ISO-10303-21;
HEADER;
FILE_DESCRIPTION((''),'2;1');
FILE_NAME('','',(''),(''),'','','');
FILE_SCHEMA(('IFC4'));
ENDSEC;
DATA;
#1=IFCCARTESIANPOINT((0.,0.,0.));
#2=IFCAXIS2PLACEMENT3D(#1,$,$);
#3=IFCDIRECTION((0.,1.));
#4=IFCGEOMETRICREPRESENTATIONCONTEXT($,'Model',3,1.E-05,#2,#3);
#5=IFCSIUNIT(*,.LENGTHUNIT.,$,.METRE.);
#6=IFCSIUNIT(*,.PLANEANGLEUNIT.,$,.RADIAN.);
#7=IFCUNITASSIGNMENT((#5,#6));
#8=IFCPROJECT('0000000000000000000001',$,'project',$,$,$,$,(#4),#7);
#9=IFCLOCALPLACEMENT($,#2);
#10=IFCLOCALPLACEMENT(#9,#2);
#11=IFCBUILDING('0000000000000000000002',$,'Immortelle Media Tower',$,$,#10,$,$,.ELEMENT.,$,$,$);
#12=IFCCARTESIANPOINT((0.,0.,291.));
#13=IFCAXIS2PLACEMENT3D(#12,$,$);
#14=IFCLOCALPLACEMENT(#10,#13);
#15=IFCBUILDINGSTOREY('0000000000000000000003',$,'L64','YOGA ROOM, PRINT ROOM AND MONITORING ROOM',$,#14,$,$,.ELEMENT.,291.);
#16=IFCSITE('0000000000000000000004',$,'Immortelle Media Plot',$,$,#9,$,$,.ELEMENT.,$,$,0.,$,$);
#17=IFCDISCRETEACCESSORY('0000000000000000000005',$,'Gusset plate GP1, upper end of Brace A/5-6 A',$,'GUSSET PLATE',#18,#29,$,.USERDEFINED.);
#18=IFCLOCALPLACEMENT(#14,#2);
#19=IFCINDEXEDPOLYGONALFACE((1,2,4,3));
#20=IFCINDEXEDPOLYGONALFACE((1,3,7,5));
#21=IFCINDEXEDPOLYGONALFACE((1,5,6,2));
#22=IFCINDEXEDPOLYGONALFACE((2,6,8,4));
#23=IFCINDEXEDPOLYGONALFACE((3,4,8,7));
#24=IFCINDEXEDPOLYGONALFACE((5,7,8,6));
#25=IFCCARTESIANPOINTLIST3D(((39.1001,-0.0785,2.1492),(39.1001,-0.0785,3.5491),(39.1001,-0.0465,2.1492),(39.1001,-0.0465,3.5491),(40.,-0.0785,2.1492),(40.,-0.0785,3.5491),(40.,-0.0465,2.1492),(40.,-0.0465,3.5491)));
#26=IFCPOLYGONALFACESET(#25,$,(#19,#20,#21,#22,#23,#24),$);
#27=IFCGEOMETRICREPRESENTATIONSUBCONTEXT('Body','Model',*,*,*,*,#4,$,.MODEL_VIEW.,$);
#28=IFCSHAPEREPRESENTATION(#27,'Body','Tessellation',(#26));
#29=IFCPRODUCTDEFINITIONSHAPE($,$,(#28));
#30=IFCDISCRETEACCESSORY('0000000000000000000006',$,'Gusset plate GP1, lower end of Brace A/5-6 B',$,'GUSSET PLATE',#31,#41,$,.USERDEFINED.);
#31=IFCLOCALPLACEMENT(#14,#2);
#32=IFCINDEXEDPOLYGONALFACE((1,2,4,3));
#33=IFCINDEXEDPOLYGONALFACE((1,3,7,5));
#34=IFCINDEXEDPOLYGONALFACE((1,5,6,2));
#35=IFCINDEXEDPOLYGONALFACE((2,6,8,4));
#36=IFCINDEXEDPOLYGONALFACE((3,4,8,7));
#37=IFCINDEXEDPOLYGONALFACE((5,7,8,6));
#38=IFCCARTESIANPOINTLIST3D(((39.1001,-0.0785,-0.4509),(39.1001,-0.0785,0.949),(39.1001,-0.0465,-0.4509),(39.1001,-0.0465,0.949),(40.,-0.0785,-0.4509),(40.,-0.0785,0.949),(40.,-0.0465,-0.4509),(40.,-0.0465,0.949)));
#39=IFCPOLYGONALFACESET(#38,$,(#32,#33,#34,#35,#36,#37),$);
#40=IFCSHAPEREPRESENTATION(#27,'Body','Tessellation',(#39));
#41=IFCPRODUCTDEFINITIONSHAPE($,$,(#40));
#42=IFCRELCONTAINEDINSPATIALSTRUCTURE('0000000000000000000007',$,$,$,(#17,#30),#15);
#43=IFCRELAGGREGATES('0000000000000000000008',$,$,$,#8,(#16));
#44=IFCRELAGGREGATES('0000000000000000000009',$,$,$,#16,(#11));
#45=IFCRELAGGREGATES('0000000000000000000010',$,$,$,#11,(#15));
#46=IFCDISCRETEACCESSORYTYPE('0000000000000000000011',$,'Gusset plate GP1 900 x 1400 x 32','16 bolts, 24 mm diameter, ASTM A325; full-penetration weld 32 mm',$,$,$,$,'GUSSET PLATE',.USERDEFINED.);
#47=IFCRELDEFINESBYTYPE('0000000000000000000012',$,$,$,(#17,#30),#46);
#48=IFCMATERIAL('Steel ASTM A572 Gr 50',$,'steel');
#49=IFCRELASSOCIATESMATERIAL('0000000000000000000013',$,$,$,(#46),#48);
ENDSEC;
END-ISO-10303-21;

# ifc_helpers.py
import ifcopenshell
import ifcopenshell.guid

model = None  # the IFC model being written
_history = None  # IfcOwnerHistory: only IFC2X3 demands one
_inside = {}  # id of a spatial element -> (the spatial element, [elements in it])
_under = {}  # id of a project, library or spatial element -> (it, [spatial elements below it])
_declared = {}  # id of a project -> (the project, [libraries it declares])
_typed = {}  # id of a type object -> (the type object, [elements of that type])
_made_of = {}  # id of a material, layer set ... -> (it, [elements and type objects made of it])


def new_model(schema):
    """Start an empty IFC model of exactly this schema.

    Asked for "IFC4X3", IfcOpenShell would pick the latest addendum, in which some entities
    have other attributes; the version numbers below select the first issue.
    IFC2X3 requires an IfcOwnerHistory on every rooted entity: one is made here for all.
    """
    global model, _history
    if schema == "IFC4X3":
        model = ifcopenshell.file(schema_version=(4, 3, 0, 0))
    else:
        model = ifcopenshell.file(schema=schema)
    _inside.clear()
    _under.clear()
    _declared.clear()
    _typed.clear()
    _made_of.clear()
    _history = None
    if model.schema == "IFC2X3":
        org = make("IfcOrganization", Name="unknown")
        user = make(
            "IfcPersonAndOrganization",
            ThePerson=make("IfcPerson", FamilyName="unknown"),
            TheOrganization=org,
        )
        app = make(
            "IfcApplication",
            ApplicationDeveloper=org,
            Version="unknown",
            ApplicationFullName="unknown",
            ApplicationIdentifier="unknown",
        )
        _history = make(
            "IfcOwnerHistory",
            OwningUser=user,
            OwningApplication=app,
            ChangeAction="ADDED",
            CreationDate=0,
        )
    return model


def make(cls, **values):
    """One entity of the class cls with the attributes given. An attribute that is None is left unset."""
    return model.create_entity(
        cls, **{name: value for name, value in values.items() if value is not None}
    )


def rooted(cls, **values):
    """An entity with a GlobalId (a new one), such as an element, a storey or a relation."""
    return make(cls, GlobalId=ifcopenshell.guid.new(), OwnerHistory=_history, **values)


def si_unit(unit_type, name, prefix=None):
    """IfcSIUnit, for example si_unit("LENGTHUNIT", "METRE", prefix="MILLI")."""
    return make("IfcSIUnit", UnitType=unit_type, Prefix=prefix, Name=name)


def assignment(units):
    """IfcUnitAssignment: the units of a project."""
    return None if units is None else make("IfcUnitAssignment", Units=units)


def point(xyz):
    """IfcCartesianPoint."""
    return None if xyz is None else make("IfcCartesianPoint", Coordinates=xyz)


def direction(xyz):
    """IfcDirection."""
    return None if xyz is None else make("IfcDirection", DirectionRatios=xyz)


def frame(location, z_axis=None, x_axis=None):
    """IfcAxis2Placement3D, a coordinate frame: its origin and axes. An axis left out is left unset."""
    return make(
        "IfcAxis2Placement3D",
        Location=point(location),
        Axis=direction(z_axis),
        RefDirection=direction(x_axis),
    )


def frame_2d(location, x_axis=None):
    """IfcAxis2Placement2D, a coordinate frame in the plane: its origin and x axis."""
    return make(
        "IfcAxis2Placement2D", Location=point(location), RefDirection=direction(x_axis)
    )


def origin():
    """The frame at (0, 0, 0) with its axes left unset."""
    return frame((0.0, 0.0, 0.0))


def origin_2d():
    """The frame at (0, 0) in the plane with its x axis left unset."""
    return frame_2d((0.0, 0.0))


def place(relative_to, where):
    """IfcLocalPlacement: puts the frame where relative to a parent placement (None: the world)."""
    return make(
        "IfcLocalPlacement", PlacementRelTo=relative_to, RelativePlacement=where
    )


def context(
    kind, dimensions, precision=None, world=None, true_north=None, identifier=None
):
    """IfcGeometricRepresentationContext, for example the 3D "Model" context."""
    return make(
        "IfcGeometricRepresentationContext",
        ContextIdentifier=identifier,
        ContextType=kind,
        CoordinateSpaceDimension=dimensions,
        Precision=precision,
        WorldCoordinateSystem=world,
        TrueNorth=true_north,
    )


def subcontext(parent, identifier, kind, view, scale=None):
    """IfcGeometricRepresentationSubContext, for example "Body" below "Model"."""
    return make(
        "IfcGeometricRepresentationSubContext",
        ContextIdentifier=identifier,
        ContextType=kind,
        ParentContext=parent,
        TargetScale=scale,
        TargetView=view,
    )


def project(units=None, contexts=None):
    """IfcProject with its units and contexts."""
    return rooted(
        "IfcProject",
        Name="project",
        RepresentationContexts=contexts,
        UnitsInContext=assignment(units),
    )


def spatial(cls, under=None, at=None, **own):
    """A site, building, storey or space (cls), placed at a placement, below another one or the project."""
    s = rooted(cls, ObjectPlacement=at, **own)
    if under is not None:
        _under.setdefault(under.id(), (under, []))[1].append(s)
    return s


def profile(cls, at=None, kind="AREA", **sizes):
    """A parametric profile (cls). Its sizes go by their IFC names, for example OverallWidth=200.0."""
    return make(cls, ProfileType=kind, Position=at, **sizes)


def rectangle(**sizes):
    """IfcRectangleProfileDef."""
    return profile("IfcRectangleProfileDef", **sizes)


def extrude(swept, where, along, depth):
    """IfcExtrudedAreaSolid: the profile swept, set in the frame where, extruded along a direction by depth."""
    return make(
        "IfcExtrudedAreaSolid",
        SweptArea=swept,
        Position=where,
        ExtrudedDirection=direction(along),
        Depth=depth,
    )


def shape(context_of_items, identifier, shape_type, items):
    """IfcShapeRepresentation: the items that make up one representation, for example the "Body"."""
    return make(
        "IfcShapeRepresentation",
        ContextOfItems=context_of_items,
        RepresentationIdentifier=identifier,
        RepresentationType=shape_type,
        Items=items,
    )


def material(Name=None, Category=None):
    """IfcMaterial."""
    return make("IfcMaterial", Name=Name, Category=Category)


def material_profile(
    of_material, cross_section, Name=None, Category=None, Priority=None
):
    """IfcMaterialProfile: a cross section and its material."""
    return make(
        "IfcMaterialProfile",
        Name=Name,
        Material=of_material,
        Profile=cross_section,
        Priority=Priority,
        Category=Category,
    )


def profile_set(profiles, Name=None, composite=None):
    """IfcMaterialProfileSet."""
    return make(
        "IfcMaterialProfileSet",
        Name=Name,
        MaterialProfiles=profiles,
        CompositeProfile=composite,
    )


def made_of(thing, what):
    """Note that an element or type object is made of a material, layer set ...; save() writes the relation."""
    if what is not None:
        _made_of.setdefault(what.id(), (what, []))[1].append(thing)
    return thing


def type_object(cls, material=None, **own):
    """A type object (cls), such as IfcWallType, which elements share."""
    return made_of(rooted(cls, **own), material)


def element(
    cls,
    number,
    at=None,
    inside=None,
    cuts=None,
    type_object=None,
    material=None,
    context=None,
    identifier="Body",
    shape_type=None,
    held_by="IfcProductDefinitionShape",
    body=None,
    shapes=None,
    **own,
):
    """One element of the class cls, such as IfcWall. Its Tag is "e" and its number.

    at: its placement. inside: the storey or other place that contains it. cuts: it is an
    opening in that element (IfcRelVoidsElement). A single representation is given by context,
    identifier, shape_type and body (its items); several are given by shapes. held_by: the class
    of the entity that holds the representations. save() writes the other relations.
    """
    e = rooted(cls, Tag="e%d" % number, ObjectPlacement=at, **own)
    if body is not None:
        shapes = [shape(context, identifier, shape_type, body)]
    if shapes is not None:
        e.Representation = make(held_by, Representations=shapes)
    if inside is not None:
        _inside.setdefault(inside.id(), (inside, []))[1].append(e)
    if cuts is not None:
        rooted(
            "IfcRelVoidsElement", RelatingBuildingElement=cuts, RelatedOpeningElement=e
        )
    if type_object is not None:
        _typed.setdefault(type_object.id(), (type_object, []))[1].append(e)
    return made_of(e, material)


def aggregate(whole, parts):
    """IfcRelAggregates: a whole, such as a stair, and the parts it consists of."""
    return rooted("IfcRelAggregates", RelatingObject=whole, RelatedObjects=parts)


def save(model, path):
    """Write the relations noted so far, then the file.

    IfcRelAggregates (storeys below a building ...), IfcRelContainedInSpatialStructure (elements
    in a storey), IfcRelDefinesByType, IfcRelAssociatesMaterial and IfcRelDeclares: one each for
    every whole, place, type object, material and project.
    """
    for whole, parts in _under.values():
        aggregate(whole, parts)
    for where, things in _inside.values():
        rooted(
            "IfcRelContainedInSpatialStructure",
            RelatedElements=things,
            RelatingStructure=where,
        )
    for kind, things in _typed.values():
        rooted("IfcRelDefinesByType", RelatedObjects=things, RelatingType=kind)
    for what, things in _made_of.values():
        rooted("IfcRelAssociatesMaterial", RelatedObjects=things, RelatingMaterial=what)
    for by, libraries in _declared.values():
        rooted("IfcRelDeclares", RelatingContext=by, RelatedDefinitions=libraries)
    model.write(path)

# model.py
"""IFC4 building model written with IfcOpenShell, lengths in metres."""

from ifc_helpers import new_model, si_unit, direction, frame, origin, origin_2d, place, context, subcontext, project, spatial, rectangle, extrude, material, material_profile, profile_set, type_object, element, save


model = new_model("IFC4")

# Units and contexts
model_context = context("Model", 3, precision=1e-05, world=origin(), true_north=direction((0.0, 1.0)))
body_context = subcontext(model_context, "Body", "Model", "MODEL_VIEW")
ifc_project = project(units=[si_unit("LENGTHUNIT", "METRE"), si_unit("PLANEANGLEUNIT", "RADIAN")], contexts=[model_context])

# Site, building, storey
site_placement = place(None, origin())
site = spatial("IfcSite", under=ifc_project, at=site_placement, Name="Immortelle Media Plot", CompositionType="ELEMENT", RefElevation=0.0)
building_placement = place(site_placement, origin())
building = spatial("IfcBuilding", under=site, at=building_placement, Name="Immortelle Media Tower", CompositionType="ELEMENT")
storey_placement = place(building_placement, frame((0.0, 0.0, 291.0)))
storey = spatial("IfcBuildingStorey", under=building, at=storey_placement, Name="L64", Description="YOGA ROOM, PRINT ROOM AND MONITORING ROOM", CompositionType="ELEMENT", Elevation=291.0)

# Discrete accessories
ifc_material_1 = material(Name="Steel ASTM A572 Gr 50", Category="steel")
ifc_material_profile_1 = material_profile(ifc_material_1, rectangle(XDim=0.032, YDim=1.3999, at=origin_2d()), Name="PL 32 x 1400")
ifc_profile_set_1 = profile_set([ifc_material_profile_1], Name="Steel ASTM A572 Gr 50")
discrete_accessory_type_1 = type_object("IfcDiscreteAccessoryType", Name="Gusset plate GP1 900 x 1400 x 32", Description="16 bolts, 24 mm diameter, ASTM A325; full-penetration weld 32 mm", ElementType="GUSSET PLATE", PredefinedType="USERDEFINED", material=ifc_profile_set_1)
for number, where, z_axis, x_axis, name in (
    (1, (40.0, -0.0625, 2.8491), (-1.0, 0.0, 0.0), (0.0, -1.0, 0.0), "Gusset plate GP1, upper end of Brace A/5-6 A"),
    (2, (40.0, -0.0625, 0.249), (-1.0, 0.0, 0.0), (0.0, -1.0, 0.0), "Gusset plate GP1, lower end of Brace A/5-6 B"),
):
    element("IfcDiscreteAccessory", number, at=place(storey_placement, frame(where, z_axis=z_axis, x_axis=x_axis)), inside=storey, type_object=discrete_accessory_type_1, Name=name, ObjectType="GUSSET PLATE", PredefinedType="USERDEFINED", context=body_context, shape_type="SweptSolid", body=[
        extrude(rectangle(XDim=0.032, YDim=1.3999, at=origin_2d()), origin(), (0.0, 0.0, 1.0), 0.8999),
    ])

save(model, "model.ifc")
